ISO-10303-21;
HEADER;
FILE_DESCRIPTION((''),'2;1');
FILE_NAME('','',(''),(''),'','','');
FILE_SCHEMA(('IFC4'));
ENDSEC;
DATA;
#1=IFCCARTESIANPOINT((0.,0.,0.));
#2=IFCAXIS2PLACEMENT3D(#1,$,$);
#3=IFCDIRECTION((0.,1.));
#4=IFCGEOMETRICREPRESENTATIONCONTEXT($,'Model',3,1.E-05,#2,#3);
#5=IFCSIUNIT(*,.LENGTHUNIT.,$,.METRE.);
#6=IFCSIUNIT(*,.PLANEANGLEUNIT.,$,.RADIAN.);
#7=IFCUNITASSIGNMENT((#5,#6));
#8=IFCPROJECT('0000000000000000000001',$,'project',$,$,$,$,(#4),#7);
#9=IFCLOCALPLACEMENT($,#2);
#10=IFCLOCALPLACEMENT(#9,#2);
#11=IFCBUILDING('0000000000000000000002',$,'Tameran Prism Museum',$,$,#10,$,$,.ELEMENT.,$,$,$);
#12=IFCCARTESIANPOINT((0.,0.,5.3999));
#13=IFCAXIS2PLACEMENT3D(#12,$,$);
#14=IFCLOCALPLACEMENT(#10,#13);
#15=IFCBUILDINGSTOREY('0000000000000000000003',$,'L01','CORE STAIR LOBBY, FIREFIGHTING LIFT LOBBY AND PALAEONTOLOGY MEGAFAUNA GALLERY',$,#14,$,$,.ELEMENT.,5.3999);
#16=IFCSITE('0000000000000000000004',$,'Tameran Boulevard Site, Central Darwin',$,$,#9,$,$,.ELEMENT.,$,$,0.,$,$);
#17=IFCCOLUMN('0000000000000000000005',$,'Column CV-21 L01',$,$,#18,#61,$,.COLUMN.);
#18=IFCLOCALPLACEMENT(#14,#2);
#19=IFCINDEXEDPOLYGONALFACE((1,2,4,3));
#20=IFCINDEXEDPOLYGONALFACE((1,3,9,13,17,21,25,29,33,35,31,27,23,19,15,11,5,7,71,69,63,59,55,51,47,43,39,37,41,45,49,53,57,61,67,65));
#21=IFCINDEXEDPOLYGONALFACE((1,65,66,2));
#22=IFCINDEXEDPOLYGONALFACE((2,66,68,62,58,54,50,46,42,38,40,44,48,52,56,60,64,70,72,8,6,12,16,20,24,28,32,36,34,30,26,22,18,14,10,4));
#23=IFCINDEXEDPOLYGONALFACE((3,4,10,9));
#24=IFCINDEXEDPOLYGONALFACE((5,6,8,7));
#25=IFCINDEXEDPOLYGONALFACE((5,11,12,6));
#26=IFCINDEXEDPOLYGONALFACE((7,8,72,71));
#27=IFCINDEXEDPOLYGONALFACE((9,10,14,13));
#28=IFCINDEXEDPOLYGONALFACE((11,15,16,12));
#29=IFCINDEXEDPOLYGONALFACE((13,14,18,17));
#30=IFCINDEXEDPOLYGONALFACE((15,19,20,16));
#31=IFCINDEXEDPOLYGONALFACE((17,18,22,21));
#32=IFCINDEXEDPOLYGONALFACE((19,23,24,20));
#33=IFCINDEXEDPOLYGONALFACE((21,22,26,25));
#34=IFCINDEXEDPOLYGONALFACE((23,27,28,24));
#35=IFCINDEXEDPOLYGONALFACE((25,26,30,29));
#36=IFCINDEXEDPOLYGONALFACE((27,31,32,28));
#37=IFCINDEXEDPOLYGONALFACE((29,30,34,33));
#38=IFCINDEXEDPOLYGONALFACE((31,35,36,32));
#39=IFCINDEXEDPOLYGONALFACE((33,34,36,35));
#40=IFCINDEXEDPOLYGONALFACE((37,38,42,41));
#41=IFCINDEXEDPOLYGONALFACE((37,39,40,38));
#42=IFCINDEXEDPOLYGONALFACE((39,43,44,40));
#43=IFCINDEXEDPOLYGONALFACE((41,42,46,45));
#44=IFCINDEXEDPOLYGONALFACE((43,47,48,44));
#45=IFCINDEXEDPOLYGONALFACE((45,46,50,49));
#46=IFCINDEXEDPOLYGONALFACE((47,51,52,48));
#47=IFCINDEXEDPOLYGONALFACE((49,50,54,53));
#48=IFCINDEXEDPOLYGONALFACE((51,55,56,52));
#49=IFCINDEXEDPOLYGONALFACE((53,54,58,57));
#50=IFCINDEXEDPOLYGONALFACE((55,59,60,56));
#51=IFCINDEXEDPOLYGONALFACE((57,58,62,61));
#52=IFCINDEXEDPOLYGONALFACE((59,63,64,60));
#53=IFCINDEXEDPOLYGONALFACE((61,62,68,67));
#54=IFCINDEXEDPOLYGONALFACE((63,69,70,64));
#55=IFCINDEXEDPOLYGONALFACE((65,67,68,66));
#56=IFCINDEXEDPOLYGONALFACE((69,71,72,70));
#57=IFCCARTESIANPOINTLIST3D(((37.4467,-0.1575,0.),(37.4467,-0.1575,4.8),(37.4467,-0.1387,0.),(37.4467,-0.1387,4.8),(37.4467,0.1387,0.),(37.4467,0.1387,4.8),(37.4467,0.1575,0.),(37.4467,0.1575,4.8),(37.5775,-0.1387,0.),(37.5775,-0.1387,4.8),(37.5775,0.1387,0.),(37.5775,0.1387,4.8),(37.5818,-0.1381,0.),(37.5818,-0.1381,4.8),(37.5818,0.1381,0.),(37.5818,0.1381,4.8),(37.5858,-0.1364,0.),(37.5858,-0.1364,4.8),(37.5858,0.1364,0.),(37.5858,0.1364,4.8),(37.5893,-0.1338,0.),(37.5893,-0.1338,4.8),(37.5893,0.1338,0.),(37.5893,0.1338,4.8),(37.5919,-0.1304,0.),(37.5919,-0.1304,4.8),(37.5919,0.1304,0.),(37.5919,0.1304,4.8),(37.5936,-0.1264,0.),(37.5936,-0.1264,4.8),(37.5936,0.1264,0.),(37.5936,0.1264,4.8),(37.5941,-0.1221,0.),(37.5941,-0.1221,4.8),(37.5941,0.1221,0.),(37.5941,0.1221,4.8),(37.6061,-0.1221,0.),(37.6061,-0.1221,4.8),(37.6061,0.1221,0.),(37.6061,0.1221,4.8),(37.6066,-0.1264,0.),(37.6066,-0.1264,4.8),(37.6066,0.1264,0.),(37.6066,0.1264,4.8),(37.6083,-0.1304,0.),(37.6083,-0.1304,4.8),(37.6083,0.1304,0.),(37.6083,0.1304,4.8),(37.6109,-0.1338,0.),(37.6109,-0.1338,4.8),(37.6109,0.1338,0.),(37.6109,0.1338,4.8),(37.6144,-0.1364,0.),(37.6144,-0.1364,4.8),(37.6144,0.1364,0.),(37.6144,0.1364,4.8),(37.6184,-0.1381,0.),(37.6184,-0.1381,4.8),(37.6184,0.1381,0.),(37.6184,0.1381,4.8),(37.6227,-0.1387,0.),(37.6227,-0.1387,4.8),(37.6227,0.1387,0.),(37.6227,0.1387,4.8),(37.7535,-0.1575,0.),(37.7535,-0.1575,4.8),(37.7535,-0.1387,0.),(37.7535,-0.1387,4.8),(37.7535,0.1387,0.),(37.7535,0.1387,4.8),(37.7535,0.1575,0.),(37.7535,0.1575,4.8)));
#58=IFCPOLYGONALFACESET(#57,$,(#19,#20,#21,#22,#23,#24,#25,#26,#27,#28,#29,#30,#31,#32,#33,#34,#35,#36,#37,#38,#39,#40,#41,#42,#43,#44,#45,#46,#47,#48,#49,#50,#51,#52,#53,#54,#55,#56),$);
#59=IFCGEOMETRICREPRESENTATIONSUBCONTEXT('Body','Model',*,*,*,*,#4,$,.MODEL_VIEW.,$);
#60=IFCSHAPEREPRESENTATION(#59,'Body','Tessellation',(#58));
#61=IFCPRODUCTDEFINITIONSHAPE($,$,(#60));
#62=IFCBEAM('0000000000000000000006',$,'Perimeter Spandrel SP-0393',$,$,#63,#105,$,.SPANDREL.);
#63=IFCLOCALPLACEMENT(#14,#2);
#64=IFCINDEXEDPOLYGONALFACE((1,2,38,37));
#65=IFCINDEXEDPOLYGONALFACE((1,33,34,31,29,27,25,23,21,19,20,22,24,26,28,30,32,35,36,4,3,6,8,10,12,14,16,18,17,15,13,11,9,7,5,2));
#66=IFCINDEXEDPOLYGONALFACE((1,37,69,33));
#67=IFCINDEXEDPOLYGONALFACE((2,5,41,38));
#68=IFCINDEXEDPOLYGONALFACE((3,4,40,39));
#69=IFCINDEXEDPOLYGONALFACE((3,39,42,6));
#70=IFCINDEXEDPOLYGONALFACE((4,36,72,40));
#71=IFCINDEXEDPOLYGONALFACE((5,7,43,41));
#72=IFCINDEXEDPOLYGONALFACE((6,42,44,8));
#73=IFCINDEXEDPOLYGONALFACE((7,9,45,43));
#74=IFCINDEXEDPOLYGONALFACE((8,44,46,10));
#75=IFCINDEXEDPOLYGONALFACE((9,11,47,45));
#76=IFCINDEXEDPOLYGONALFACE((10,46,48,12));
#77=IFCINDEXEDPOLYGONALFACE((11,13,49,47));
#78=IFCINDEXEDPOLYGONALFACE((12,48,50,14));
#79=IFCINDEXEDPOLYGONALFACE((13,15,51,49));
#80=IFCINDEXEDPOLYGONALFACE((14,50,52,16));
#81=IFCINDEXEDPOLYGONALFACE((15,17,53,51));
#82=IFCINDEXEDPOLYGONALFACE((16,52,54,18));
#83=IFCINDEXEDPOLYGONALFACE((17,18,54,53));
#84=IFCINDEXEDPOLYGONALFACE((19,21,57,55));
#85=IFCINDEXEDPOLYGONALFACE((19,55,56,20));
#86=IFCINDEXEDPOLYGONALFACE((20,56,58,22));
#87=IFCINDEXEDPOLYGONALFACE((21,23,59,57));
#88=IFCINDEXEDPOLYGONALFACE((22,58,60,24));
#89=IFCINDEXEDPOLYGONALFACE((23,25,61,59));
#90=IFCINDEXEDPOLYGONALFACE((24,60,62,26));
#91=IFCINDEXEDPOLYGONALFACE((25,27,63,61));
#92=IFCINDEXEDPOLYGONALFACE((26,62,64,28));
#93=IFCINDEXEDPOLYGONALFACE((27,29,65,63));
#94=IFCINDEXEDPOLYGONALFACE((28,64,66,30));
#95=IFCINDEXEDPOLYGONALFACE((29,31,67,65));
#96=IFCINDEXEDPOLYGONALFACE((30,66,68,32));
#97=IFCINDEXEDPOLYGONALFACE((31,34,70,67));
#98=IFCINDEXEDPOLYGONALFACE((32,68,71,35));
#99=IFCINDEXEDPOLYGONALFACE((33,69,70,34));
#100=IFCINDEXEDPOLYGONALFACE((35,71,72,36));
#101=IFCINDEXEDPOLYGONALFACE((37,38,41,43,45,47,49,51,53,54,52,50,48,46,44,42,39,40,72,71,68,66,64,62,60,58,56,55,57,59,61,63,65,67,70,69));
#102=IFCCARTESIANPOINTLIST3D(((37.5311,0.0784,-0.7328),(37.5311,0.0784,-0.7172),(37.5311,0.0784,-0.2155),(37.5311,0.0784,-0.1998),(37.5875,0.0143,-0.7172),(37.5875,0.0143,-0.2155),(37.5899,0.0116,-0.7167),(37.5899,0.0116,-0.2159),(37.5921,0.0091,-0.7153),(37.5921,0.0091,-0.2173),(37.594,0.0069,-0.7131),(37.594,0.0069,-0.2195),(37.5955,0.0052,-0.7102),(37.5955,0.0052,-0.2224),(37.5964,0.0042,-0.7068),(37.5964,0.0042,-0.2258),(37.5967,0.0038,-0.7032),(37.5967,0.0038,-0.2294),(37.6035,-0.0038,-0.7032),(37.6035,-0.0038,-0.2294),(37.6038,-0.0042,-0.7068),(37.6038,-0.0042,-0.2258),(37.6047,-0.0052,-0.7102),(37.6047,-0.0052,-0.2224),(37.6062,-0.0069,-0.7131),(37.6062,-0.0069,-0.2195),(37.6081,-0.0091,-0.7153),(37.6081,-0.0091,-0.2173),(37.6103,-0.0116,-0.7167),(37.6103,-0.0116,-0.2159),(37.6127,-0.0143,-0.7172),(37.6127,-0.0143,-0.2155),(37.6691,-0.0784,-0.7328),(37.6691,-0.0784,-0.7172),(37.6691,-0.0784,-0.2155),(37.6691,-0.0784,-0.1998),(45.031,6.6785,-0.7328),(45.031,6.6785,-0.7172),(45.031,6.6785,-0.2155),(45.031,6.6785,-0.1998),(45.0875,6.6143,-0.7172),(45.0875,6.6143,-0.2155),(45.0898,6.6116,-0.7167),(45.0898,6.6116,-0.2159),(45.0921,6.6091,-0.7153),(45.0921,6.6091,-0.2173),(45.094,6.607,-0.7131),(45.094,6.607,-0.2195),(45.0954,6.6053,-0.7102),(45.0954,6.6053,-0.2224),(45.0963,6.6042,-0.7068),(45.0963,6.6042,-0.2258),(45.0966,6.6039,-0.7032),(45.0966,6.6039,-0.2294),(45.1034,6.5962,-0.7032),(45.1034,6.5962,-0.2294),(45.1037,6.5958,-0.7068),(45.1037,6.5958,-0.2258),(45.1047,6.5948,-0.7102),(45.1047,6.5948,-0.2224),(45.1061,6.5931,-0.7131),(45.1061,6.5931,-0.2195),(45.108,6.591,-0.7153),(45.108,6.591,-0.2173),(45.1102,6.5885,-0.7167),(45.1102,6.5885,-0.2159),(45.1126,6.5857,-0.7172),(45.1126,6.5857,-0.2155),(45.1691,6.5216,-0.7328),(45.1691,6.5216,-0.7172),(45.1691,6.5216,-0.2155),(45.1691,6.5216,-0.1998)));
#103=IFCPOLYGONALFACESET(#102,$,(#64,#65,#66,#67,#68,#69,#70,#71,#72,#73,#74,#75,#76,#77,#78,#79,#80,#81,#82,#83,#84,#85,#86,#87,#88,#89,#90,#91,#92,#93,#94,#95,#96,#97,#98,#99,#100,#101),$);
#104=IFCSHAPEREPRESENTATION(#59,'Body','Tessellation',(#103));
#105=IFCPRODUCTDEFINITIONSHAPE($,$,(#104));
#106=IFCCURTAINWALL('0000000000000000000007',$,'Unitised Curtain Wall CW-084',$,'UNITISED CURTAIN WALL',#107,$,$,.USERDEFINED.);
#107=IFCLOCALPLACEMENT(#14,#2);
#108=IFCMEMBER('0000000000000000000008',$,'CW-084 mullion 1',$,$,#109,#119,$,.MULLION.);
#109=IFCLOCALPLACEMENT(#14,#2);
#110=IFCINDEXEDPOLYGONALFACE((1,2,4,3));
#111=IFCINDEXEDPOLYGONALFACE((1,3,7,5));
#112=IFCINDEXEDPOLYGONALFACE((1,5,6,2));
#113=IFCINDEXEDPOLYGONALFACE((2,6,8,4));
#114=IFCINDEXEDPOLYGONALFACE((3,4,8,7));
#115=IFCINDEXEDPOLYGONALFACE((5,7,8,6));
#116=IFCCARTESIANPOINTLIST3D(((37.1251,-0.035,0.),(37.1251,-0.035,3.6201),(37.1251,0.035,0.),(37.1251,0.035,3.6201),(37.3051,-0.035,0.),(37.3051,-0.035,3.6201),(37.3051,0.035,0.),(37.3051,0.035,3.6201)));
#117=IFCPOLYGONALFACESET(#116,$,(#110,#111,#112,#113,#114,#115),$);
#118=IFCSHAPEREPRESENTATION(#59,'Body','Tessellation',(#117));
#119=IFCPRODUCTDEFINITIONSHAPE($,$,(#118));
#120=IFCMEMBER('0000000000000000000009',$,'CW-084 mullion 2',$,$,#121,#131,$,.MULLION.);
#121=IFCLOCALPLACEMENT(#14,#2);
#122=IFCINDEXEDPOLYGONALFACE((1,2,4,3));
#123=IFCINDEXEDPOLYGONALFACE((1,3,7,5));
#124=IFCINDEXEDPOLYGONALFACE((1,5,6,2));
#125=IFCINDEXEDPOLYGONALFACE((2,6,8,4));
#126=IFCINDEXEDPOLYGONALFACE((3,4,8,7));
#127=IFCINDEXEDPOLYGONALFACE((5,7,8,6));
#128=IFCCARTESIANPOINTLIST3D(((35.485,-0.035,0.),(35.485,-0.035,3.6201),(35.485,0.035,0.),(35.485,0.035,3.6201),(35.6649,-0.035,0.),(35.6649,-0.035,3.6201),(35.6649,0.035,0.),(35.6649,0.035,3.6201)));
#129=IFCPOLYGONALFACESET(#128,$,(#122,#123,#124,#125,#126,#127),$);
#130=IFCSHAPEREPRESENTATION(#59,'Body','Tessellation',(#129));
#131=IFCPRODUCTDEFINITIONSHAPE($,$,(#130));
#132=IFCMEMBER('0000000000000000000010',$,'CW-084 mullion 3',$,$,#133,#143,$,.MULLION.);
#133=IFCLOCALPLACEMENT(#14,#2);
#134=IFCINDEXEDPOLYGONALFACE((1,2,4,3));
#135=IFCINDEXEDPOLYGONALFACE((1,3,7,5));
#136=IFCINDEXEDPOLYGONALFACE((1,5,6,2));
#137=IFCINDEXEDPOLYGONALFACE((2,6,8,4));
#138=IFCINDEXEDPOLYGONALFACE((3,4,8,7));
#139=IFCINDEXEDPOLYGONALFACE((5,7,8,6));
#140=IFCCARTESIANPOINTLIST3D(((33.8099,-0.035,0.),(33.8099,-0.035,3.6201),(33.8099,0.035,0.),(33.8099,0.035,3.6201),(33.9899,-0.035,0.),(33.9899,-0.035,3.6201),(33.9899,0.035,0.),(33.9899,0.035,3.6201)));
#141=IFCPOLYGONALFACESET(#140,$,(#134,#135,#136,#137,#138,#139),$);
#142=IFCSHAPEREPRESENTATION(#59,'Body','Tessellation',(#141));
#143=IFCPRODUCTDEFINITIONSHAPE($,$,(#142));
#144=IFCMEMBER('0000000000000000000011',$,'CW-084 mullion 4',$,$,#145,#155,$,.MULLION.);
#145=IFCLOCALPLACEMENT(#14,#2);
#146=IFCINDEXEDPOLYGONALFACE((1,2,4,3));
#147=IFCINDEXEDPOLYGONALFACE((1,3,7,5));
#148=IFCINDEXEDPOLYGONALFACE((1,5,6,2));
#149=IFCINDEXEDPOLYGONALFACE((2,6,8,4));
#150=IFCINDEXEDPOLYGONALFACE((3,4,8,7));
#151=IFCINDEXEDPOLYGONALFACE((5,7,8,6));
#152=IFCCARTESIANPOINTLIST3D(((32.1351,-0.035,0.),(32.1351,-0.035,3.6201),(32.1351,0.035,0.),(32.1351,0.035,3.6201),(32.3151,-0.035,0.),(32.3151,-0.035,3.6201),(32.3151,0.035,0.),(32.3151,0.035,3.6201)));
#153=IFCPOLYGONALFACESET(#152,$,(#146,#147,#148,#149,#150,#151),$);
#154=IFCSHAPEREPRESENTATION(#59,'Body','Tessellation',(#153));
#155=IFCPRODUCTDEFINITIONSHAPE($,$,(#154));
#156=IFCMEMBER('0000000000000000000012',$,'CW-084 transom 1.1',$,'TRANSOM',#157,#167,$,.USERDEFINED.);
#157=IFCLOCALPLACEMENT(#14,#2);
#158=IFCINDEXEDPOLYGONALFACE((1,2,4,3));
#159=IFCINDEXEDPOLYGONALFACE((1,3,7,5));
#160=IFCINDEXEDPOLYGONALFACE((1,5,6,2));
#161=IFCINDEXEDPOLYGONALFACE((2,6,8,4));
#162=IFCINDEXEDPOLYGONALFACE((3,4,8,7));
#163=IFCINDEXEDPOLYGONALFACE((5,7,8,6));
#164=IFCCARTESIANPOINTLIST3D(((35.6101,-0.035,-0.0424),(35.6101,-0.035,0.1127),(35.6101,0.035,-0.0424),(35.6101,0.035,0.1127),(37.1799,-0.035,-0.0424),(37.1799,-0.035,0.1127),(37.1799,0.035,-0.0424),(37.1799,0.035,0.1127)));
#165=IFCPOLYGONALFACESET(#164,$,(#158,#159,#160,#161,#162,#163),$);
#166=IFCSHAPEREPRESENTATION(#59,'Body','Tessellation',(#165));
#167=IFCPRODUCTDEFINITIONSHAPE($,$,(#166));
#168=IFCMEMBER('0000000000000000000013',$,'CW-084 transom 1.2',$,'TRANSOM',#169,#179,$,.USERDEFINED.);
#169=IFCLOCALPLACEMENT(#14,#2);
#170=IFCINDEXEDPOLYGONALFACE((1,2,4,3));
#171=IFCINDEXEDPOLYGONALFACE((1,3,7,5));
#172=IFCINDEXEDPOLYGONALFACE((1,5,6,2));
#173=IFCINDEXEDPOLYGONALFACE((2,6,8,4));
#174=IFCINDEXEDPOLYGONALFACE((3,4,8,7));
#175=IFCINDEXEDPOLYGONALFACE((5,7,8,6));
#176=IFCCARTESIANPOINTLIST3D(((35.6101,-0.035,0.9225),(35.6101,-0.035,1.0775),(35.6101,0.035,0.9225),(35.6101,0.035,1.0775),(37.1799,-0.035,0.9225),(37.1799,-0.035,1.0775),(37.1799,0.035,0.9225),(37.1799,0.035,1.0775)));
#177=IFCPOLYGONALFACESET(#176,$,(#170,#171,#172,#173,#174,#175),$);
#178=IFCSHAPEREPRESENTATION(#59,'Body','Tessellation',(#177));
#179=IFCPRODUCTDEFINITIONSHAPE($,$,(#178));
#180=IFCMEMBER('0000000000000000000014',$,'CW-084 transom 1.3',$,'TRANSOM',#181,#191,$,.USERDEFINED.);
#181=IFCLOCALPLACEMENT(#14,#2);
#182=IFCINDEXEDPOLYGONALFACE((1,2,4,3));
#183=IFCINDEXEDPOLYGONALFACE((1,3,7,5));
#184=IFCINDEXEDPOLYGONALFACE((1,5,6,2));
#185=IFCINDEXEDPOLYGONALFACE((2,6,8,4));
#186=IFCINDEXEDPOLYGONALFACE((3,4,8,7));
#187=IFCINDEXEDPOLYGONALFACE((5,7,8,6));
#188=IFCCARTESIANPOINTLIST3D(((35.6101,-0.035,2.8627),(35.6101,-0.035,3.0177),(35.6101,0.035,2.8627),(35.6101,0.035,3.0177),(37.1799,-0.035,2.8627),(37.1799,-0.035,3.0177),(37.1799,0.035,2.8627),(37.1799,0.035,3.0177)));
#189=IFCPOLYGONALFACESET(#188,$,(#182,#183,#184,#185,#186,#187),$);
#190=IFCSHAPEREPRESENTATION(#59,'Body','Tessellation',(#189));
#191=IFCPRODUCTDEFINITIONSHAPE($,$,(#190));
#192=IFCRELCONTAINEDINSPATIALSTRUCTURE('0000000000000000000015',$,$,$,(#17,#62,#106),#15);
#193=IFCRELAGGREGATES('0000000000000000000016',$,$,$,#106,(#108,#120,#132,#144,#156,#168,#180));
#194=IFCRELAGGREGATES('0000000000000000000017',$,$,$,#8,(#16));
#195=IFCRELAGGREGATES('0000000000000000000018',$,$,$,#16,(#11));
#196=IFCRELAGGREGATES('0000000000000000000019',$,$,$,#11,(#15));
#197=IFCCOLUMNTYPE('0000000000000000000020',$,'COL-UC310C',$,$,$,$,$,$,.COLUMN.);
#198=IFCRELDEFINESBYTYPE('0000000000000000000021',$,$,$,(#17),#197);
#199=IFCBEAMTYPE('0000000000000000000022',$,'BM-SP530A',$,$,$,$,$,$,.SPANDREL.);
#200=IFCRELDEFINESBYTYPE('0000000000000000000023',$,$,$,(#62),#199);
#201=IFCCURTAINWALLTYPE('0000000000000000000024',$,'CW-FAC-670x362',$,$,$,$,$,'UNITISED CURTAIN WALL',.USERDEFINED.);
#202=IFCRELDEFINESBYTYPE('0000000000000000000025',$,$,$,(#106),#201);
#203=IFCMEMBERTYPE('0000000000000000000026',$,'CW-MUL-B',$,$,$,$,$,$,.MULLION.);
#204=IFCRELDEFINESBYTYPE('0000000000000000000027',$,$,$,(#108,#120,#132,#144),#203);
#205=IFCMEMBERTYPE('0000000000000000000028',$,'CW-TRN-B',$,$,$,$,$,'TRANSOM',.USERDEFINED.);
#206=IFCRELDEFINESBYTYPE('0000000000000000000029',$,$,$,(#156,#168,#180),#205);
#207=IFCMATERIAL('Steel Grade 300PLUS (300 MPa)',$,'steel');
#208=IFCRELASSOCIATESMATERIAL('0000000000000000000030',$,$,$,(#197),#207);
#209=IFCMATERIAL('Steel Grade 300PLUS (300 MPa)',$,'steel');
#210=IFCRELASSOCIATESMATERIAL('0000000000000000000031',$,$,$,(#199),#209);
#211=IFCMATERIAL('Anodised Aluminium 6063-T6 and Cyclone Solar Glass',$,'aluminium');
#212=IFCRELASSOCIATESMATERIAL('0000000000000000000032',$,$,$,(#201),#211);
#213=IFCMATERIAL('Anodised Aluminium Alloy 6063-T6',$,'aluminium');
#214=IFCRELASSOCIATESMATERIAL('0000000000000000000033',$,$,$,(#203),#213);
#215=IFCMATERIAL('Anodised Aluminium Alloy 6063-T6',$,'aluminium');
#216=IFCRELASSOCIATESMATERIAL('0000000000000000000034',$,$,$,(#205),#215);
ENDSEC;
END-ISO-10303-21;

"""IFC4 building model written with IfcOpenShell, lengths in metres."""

from ifc_helpers import new_model, si_unit, direction, frame, origin, origin_2d, place, context, subcontext, project, spatial, rectangle, i_section, extrude, material, material_profile, profile_set, type_object, element, aggregate, save


model = new_model("IFC4")

# Units and contexts
model_context = context("Model", 3, precision=1e-05, world=origin(), true_north=direction((0.0, 1.0)))
body_context = subcontext(model_context, "Body", "Model", "MODEL_VIEW")
ifc_project = project(units=[si_unit("LENGTHUNIT", "METRE"), si_unit("PLANEANGLEUNIT", "RADIAN")], contexts=[model_context])

# Site, building, storey
site_placement = place(None, origin())
site = spatial("IfcSite", under=ifc_project, at=site_placement, Name="Tameran Boulevard Site, Central Darwin", CompositionType="ELEMENT", RefElevation=0.0)
building_placement = place(site_placement, origin())
building = spatial("IfcBuilding", under=site, at=building_placement, Name="Tameran Prism Museum", CompositionType="ELEMENT")
storey_placement = place(building_placement, frame((0.0, 0.0, 5.3999)))
storey = spatial("IfcBuildingStorey", under=building, at=storey_placement, Name="L01", Description="CORE STAIR LOBBY, FIREFIGHTING LIFT LOBBY AND PALAEONTOLOGY MEGAFAUNA GALLERY", CompositionType="ELEMENT", Elevation=5.3999)

# Column
ifc_material_1 = material(Name="Steel Grade 300PLUS (300 MPa)", Category="steel")
ifc_material_profile_1 = material_profile(ifc_material_1, i_section(OverallWidth=0.3069, OverallDepth=0.3149, WebThickness=0.012, FlangeThickness=0.0188, FilletRadius=0.0166, at=origin_2d()))
ifc_profile_set_1 = profile_set([ifc_material_profile_1])
column_type = type_object("IfcColumnType", Name="COL-UC310C", PredefinedType="COLUMN", material=ifc_profile_set_1)
column_placement = place(storey_placement, frame((37.6001, 0.0, 0.0), z_axis=(0.0, 0.0, 1.0), x_axis=(1.0, 0.0, 0.0)))
element("IfcColumn", 1, at=column_placement, inside=storey, type_object=column_type, Name="Column CV-21 L01", PredefinedType="COLUMN", context=body_context, shape_type="SweptSolid", body=[
    extrude(i_section(OverallWidth=0.3069, OverallDepth=0.3149, WebThickness=0.012, FlangeThickness=0.0188, FilletRadius=0.0166, at=origin_2d()), origin(), (0.0, 0.0, 1.0), 4.8),
])

# Beam
ifc_material_2 = material(Name="Steel Grade 300PLUS (300 MPa)", Category="steel")
ifc_material_profile_2 = material_profile(ifc_material_2, i_section(OverallWidth=0.209, OverallDepth=0.533, WebThickness=0.0103, FlangeThickness=0.0156, FilletRadius=0.0139, at=origin_2d()))
ifc_profile_set_2 = profile_set([ifc_material_profile_2])
beam_type = type_object("IfcBeamType", Name="BM-SP530A", PredefinedType="SPANDREL", material=ifc_profile_set_2)
beam_placement = place(storey_placement, frame((37.6001, 0.0, -0.4663), z_axis=(0.750709, 0.660633, 0.0), x_axis=(-0.660633, 0.750709, 0.0)))
element("IfcBeam", 2, at=beam_placement, inside=storey, type_object=beam_type, Name="Perimeter Spandrel SP-0393", PredefinedType="SPANDREL", context=body_context, shape_type="SweptSolid", body=[
    extrude(i_section(OverallWidth=0.209, OverallDepth=0.533, WebThickness=0.0103, FlangeThickness=0.0156, FilletRadius=0.0139, at=origin_2d()), origin(), (0.0, 0.0, 1.0), 9.9905),
])

# Curtain wall, members
ifc_material_3 = material(Name="Anodised Aluminium 6063-T6 and Cyclone Solar Glass", Category="aluminium")
curtain_wall_type = type_object("IfcCurtainWallType", Name="CW-FAC-670x362", ElementType="UNITISED CURTAIN WALL", PredefinedType="USERDEFINED", material=ifc_material_3)
curtain_wall_placement = place(storey_placement, origin())
curtain_wall = element("IfcCurtainWall", 3, at=curtain_wall_placement, inside=storey, type_object=curtain_wall_type, Name="Unitised Curtain Wall CW-084", ObjectType="UNITISED CURTAIN WALL", PredefinedType="USERDEFINED")
ifc_material_4 = material(Name="Anodised Aluminium Alloy 6063-T6", Category="aluminium")
ifc_material_profile_3 = material_profile(ifc_material_4, rectangle(XDim=0.0701, YDim=0.1799, at=origin_2d()))
ifc_profile_set_3 = profile_set([ifc_material_profile_3])
member_type_1 = type_object("IfcMemberType", Name="CW-MUL-B", PredefinedType="MULLION", material=ifc_profile_set_3)
member_1_placement = place(storey_placement, frame((37.2151, 0.0, 0.0), z_axis=(0.0, 0.0, 1.0), x_axis=(0.0, -1.0, 0.0)))
member_1 = element("IfcMember", 4, at=member_1_placement, type_object=member_type_1, Name="CW-084 mullion 1", PredefinedType="MULLION", context=body_context, shape_type="SweptSolid", body=[
    extrude(rectangle(XDim=0.0701, YDim=0.1799, at=origin_2d()), origin(), (0.0, 0.0, 1.0), 3.6201),
])
member_2_placement = place(storey_placement, frame((35.575, 0.0, 0.0), z_axis=(0.0, 0.0, 1.0), x_axis=(0.0, -1.0, 0.0)))
member_2 = element("IfcMember", 5, at=member_2_placement, type_object=member_type_1, Name="CW-084 mullion 2", PredefinedType="MULLION", context=body_context, shape_type="SweptSolid", body=[
    extrude(rectangle(XDim=0.0701, YDim=0.1799, at=origin_2d()), origin(), (0.0, 0.0, 1.0), 3.6201),
])
member_3_placement = place(storey_placement, frame((33.8999, 0.0, 0.0), z_axis=(0.0, 0.0, 1.0), x_axis=(0.0, -1.0, 0.0)))
member_3 = element("IfcMember", 6, at=member_3_placement, type_object=member_type_1, Name="CW-084 mullion 3", PredefinedType="MULLION", context=body_context, shape_type="SweptSolid", body=[
    extrude(rectangle(XDim=0.0701, YDim=0.1799, at=origin_2d()), origin(), (0.0, 0.0, 1.0), 3.6201),
])
member_4_placement = place(storey_placement, frame((32.2251, 0.0, 0.0), z_axis=(0.0, 0.0, 1.0), x_axis=(0.0, -1.0, 0.0)))
member_4 = element("IfcMember", 7, at=member_4_placement, type_object=member_type_1, Name="CW-084 mullion 4", PredefinedType="MULLION", context=body_context, shape_type="SweptSolid", body=[
    extrude(rectangle(XDim=0.0701, YDim=0.1799, at=origin_2d()), origin(), (0.0, 0.0, 1.0), 3.6201),
])
ifc_material_5 = material(Name="Anodised Aluminium Alloy 6063-T6", Category="aluminium")
ifc_material_profile_4 = material_profile(ifc_material_5, rectangle(XDim=0.0701, YDim=0.155, at=origin_2d()))
ifc_profile_set_4 = profile_set([ifc_material_profile_4])
member_type_2 = type_object("IfcMemberType", Name="CW-TRN-B", ElementType="TRANSOM", PredefinedType="USERDEFINED", material=ifc_profile_set_4)
member_5_placement = place(storey_placement, frame((37.1799, 0.0, 0.0352), z_axis=(-1.0, 0.0, 0.0), x_axis=(0.0, -1.0, 0.0)))
member_5 = element("IfcMember", 8, at=member_5_placement, type_object=member_type_2, Name="CW-084 transom 1.1", ObjectType="TRANSOM", PredefinedType="USERDEFINED", context=body_context, shape_type="SweptSolid", body=[
    extrude(rectangle(XDim=0.0701, YDim=0.155, at=origin_2d()), origin(), (0.0, 0.0, 1.0), 1.5698),
])
member_6_placement = place(storey_placement, frame((37.1799, 0.0, 1.0), z_axis=(-1.0, 0.0, 0.0), x_axis=(0.0, -1.0, 0.0)))
member_6 = element("IfcMember", 9, at=member_6_placement, type_object=member_type_2, Name="CW-084 transom 1.2", ObjectType="TRANSOM", PredefinedType="USERDEFINED", context=body_context, shape_type="SweptSolid", body=[
    extrude(rectangle(XDim=0.0701, YDim=0.155, at=origin_2d()), origin(), (0.0, 0.0, 1.0), 1.5698),
])
member_7_placement = place(storey_placement, frame((37.1799, 0.0, 2.9402), z_axis=(-1.0, 0.0, 0.0), x_axis=(0.0, -1.0, 0.0)))
member_7 = element("IfcMember", 10, at=member_7_placement, type_object=member_type_2, Name="CW-084 transom 1.3", ObjectType="TRANSOM", PredefinedType="USERDEFINED", context=body_context, shape_type="SweptSolid", body=[
    extrude(rectangle(XDim=0.0701, YDim=0.155, at=origin_2d()), origin(), (0.0, 0.0, 1.0), 1.5698),
])
aggregate(curtain_wall, [member_1, member_2, member_3, member_4, member_5, member_6, member_7])

save(model, "model.ifc")
